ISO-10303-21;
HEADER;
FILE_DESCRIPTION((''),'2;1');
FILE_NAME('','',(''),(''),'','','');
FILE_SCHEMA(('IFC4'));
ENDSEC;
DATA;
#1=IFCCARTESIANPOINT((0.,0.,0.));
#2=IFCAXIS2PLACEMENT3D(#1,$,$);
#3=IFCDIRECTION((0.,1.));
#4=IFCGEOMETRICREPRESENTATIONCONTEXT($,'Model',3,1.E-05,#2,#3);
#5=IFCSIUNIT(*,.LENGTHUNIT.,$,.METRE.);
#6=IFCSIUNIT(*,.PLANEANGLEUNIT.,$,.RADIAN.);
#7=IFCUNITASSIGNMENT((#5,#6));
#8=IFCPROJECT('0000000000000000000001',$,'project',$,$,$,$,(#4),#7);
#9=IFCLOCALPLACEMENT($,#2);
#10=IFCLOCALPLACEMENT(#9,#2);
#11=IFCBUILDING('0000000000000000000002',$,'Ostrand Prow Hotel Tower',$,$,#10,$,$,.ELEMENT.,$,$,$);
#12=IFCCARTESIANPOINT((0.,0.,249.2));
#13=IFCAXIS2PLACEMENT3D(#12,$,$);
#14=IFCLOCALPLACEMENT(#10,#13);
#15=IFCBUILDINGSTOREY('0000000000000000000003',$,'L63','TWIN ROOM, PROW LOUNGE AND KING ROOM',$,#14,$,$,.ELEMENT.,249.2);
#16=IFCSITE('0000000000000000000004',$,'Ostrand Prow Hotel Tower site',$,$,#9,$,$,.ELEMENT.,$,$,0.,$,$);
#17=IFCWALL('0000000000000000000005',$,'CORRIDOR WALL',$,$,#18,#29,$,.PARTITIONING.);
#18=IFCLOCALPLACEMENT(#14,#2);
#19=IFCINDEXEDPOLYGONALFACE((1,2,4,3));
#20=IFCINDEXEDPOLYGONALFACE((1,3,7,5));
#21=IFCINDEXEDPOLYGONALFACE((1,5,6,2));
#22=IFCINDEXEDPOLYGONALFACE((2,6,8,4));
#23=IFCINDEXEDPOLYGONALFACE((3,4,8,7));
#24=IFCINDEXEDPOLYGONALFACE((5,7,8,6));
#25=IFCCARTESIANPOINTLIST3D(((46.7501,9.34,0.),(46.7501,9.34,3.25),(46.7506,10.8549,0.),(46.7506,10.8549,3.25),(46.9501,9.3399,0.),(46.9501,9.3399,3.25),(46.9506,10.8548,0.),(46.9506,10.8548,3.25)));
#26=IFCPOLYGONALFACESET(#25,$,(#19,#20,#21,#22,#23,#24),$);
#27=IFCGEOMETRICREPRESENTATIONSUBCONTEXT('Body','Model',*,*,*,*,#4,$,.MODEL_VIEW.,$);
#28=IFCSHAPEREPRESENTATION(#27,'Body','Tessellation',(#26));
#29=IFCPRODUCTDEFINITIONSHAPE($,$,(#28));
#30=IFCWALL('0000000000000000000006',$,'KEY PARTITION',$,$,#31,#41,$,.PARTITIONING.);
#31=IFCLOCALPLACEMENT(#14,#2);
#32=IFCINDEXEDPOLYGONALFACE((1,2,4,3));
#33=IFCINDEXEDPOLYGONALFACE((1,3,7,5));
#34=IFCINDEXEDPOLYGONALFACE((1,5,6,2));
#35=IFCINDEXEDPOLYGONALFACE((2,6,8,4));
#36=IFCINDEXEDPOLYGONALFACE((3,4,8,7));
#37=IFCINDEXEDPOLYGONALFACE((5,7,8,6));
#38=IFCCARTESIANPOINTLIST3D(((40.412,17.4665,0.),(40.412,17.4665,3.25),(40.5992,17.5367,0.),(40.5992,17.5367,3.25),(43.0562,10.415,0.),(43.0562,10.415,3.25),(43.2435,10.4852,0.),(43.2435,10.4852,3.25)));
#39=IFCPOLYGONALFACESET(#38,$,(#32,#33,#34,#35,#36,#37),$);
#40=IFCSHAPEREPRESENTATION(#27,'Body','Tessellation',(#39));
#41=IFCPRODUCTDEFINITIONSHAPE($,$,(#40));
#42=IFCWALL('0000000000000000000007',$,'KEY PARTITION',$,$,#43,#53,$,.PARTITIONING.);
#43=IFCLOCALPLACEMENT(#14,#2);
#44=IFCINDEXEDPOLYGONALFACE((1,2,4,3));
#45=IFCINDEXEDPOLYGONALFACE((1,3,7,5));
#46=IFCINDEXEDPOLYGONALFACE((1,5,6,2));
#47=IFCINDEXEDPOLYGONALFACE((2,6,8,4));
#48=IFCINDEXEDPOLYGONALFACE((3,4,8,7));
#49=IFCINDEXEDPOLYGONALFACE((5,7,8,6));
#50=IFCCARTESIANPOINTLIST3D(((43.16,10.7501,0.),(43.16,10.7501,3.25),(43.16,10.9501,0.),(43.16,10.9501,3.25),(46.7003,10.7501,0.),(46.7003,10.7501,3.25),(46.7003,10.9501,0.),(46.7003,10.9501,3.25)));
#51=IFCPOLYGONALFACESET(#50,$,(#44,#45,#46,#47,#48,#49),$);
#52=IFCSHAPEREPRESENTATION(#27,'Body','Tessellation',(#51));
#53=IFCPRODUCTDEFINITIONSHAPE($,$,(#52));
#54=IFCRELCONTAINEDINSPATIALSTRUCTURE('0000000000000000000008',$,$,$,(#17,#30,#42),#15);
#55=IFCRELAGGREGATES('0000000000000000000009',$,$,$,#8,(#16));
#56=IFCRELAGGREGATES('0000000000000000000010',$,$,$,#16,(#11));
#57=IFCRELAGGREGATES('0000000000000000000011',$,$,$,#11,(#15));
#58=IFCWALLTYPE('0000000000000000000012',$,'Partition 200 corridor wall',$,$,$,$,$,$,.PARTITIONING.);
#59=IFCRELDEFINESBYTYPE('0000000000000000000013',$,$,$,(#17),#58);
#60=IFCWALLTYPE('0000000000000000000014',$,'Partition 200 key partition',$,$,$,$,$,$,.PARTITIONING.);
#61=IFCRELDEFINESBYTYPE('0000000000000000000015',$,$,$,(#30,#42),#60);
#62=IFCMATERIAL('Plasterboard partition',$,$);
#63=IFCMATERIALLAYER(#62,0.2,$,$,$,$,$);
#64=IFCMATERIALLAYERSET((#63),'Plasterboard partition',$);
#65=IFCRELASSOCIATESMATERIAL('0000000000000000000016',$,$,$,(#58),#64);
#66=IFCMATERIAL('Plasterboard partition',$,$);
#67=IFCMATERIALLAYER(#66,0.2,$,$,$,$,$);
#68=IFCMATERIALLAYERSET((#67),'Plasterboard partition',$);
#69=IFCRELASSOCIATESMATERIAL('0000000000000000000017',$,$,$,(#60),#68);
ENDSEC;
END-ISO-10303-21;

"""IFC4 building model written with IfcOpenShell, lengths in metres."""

from ifc_helpers import new_model, si_unit, direction, frame, frame_2d, origin, place, context, subcontext, project, spatial, rectangle, extrude, material, layer, layer_set, type_object, element, save


model = new_model("IFC4")

# Units and contexts
model_context = context("Model", 3, precision=1e-05, world=origin(), true_north=direction((0.0, 1.0)))
body_context = subcontext(model_context, "Body", "Model", "MODEL_VIEW")
ifc_project = project(units=[si_unit("LENGTHUNIT", "METRE"), si_unit("PLANEANGLEUNIT", "RADIAN")], contexts=[model_context])

# Site, building, storey
site_placement = place(None, origin())
site = spatial("IfcSite", under=ifc_project, at=site_placement, Name="Ostrand Prow Hotel Tower site", CompositionType="ELEMENT", RefElevation=0.0)
building_placement = place(site_placement, origin())
building = spatial("IfcBuilding", under=site, at=building_placement, Name="Ostrand Prow Hotel Tower", CompositionType="ELEMENT")
storey_placement = place(building_placement, frame((0.0, 0.0, 249.2)))
storey = spatial("IfcBuildingStorey", under=building, at=storey_placement, Name="L63", Description="TWIN ROOM, PROW LOUNGE AND KING ROOM", CompositionType="ELEMENT", Elevation=249.2)

# Shared definitions
ifc_material_1 = material(Name="Plasterboard partition")
ifc_layer_1 = layer(ifc_material_1, 0.2)
ifc_layer_set_1 = layer_set([ifc_layer_1], Name="Plasterboard partition")
wall_type_1 = type_object("IfcWallType", Name="Partition 200 corridor wall", PredefinedType="PARTITIONING", material=ifc_layer_set_1)

# Walls
wall_1_placement = place(storey_placement, frame((46.8501, 9.3401, 0.0), z_axis=(0.0, 0.0, 1.0), x_axis=(0.000322, 1.0, 0.0)))
element("IfcWall", 1, at=wall_1_placement, inside=storey, type_object=wall_type_1, Name="CORRIDOR WALL", PredefinedType="PARTITIONING", context=body_context, shape_type="SweptSolid", body=[
    extrude(rectangle(XDim=1.5149, YDim=0.2, at=frame_2d((0.7573, 0.0))), origin(), (0.0, 0.0, 1.0), 3.25),
])
ifc_material_2 = material(Name="Plasterboard partition")
ifc_layer_2 = layer(ifc_material_2, 0.2)
ifc_layer_set_2 = layer_set([ifc_layer_2], Name="Plasterboard partition")
wall_type_2 = type_object("IfcWallType", Name="Partition 200 key partition", PredefinedType="PARTITIONING", material=ifc_layer_set_2)
wall_2_placement = place(storey_placement, frame((43.1499, 10.45, 0.0), z_axis=(0.0, 0.0, 1.0), x_axis=(-0.35112, 0.936331, 0.0)))
element("IfcWall", 2, at=wall_2_placement, inside=storey, type_object=wall_type_2, Name="KEY PARTITION", PredefinedType="PARTITIONING", context=body_context, shape_type="SweptSolid", body=[
    extrude(rectangle(XDim=7.531, YDim=0.2, at=frame_2d((3.7656, 0.0))), origin(), (0.0, 0.0, 1.0), 3.25),
])
wall_3_placement = place(storey_placement, frame((43.1602, 10.8501, 0.0), z_axis=(0.0, 0.0, 1.0), x_axis=(1.0, 0.0, 0.0)))
element("IfcWall", 3, at=wall_3_placement, inside=storey, type_object=wall_type_2, Name="KEY PARTITION", PredefinedType="PARTITIONING", context=body_context, shape_type="SweptSolid", body=[
    extrude(rectangle(XDim=3.5403, YDim=0.2, at=frame_2d((1.77, 0.0))), origin(), (0.0, 0.0, 1.0), 3.25),
])

save(model, "model.ifc")
